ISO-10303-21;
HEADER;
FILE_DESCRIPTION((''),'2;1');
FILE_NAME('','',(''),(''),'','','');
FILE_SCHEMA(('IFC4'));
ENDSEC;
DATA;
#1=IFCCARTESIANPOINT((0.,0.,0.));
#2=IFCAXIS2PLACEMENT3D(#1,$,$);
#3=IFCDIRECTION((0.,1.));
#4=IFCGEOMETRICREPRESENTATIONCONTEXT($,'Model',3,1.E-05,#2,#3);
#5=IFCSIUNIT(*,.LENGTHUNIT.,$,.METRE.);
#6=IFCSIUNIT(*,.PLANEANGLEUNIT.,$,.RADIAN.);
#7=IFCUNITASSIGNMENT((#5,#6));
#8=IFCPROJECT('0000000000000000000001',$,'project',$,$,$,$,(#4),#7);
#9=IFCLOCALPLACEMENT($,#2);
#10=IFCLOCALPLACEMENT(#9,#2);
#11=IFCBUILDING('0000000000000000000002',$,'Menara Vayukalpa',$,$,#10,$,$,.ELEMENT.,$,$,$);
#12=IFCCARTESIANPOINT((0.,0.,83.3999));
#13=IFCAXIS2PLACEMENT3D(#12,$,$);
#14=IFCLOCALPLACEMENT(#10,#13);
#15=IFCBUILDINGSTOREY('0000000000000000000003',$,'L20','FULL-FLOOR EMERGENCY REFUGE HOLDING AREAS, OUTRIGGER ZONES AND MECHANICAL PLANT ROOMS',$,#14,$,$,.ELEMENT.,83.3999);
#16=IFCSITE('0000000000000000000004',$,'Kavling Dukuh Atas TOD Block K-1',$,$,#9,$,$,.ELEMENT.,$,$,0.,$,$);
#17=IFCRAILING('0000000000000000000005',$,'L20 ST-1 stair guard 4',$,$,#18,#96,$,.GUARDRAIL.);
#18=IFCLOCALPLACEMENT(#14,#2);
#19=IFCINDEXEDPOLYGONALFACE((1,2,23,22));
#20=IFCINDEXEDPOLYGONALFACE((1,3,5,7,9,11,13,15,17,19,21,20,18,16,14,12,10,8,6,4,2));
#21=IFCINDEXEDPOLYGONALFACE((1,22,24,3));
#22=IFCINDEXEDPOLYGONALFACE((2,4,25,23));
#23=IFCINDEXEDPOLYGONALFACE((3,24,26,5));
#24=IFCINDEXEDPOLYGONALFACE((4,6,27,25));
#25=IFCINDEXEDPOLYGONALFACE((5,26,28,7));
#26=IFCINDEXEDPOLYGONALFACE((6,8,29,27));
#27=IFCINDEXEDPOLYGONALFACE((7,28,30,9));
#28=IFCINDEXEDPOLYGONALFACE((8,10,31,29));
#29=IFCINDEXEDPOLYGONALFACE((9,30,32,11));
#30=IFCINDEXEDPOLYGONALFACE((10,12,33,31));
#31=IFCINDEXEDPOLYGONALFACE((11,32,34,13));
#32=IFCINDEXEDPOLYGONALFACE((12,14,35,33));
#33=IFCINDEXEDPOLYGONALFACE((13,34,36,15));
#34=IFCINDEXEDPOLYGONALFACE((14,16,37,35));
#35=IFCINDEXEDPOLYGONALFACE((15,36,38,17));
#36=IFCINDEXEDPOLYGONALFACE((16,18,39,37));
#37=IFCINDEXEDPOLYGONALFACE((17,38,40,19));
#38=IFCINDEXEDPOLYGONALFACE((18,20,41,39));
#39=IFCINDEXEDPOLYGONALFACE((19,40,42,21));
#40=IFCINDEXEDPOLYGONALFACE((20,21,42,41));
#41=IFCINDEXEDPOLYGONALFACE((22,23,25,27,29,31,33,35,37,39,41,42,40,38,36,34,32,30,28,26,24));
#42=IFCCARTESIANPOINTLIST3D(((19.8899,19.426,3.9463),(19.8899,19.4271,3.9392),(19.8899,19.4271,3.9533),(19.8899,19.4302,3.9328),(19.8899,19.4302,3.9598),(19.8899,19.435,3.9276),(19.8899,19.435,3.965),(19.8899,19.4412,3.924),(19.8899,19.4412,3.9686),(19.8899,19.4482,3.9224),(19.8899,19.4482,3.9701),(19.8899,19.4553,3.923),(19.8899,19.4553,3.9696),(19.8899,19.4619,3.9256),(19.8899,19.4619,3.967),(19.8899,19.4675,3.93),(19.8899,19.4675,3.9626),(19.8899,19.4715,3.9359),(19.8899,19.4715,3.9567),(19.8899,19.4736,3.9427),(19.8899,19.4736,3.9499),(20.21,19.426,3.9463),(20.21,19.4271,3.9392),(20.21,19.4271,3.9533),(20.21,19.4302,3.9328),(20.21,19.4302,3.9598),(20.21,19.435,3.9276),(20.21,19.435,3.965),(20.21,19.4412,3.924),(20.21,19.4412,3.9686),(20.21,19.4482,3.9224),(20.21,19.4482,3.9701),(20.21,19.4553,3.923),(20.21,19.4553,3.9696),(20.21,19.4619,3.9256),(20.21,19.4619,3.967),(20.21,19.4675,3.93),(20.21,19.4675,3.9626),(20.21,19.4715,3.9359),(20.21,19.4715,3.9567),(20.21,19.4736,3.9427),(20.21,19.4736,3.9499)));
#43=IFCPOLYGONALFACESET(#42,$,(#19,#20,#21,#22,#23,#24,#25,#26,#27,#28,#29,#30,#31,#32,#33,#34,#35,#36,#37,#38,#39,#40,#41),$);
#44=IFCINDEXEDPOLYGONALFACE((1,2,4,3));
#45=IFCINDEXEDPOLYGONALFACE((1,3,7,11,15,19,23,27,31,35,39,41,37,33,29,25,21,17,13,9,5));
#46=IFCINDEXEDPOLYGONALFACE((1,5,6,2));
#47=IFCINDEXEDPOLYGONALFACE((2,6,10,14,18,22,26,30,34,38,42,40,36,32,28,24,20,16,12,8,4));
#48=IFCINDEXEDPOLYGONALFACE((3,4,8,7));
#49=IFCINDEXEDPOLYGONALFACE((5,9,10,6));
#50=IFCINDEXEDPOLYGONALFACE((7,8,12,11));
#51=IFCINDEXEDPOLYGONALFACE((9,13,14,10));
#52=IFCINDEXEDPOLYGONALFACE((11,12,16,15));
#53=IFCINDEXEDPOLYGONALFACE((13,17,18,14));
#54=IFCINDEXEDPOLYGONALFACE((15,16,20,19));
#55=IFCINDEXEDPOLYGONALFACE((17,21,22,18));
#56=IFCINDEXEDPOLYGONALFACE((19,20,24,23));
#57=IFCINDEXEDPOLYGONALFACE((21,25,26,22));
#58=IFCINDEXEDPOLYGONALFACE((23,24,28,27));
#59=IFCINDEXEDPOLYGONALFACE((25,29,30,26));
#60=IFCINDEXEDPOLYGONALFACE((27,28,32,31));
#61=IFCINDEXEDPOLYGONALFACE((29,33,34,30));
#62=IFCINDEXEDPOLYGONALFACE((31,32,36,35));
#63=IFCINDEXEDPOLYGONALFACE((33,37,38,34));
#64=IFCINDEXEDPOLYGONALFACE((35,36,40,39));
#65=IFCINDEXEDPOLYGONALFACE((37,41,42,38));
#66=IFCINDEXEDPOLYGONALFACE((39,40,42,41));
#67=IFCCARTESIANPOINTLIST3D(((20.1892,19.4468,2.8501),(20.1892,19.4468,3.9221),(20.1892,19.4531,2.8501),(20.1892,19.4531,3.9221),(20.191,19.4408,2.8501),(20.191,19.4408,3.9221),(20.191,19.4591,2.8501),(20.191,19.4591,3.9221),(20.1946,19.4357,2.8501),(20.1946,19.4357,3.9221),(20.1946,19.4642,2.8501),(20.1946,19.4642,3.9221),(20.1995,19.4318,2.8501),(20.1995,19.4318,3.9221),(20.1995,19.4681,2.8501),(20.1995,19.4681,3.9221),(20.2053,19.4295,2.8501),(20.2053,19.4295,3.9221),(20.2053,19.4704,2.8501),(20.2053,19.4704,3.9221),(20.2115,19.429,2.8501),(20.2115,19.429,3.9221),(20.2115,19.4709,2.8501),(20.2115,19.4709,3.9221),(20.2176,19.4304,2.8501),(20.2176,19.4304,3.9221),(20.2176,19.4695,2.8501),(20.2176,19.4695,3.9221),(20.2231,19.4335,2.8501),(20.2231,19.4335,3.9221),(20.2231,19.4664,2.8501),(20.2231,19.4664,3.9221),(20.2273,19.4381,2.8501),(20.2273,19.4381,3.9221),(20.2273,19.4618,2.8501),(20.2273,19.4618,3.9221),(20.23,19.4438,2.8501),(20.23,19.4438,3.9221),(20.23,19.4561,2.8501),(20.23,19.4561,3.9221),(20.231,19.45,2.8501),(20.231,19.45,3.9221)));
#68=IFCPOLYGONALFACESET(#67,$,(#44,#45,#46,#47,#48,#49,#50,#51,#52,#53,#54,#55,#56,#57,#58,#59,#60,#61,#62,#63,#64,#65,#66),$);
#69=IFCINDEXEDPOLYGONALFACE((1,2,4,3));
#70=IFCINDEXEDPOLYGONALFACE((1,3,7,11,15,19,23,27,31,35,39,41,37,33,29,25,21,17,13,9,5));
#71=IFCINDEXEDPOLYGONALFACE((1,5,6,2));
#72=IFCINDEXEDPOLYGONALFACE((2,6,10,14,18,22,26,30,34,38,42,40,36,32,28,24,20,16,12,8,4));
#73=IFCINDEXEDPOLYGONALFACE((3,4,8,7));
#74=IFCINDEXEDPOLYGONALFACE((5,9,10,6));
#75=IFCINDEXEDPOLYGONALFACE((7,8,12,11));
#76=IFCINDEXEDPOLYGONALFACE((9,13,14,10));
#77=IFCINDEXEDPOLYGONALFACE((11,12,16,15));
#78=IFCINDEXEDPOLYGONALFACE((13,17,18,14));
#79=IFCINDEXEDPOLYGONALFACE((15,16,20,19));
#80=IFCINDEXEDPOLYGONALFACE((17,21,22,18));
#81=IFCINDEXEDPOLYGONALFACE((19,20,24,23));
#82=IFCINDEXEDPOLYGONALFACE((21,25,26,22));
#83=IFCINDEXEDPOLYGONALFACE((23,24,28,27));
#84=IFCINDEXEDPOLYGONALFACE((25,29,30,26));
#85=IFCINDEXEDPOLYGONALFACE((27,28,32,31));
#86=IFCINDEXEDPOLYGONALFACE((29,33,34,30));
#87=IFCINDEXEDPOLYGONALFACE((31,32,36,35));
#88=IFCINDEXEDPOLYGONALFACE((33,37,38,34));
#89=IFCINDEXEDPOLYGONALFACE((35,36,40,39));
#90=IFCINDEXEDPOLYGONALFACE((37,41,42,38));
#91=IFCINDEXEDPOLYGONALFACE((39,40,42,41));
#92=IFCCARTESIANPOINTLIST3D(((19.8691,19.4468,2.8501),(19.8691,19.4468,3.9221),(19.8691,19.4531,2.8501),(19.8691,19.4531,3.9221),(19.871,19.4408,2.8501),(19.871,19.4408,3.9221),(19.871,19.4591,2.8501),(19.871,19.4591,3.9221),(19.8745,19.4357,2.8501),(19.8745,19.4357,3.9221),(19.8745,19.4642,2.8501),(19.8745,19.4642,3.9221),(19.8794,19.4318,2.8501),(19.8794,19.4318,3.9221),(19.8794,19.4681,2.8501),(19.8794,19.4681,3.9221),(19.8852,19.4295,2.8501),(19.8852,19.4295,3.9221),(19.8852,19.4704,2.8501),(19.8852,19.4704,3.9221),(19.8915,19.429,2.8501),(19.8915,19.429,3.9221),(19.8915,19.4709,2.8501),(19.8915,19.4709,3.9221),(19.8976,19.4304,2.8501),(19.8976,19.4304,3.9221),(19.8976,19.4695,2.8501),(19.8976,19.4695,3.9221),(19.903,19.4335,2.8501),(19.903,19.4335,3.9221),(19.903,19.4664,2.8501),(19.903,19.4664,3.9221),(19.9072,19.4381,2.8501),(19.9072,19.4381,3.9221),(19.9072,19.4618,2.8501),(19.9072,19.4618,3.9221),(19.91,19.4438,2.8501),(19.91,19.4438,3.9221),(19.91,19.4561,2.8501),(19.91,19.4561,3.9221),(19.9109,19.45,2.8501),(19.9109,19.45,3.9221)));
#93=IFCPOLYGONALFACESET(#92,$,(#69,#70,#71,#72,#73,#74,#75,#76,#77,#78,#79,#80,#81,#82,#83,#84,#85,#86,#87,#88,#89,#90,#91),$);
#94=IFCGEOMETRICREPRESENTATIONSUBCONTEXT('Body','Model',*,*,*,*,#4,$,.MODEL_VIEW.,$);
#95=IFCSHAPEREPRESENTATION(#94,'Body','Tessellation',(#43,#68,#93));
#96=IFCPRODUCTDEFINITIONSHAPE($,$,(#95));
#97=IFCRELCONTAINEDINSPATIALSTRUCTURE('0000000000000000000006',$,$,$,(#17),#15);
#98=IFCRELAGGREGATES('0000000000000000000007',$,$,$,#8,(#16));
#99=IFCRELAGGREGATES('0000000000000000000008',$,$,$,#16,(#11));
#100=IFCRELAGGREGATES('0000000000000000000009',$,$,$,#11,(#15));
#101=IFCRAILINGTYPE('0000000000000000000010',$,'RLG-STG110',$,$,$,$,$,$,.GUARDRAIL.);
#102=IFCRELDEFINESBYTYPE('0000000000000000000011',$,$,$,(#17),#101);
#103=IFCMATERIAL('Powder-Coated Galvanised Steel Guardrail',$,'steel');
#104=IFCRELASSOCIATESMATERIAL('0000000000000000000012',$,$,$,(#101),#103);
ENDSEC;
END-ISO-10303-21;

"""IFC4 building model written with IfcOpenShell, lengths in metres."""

from ifc_helpers import new_model, si_unit, direction, frame, origin, origin_2d, place, context, subcontext, project, spatial, circle, extrude, material, type_object, element, save


model = new_model("IFC4")

# Units and contexts
model_context = context("Model", 3, precision=1e-05, world=origin(), true_north=direction((0.0, 1.0)))
body_context = subcontext(model_context, "Body", "Model", "MODEL_VIEW")
ifc_project = project(units=[si_unit("LENGTHUNIT", "METRE"), si_unit("PLANEANGLEUNIT", "RADIAN")], contexts=[model_context])

# Site, building, storey
site_placement = place(None, origin())
site = spatial("IfcSite", under=ifc_project, at=site_placement, Name="Kavling Dukuh Atas TOD Block K-1", CompositionType="ELEMENT", RefElevation=0.0)
building_placement = place(site_placement, origin())
building = spatial("IfcBuilding", under=site, at=building_placement, Name="Menara Vayukalpa", CompositionType="ELEMENT")
storey_placement = place(building_placement, frame((0.0, 0.0, 83.3999)))
storey = spatial("IfcBuildingStorey", under=building, at=storey_placement, Name="L20", Description="FULL-FLOOR EMERGENCY REFUGE HOLDING AREAS, OUTRIGGER ZONES AND MECHANICAL PLANT ROOMS", CompositionType="ELEMENT", Elevation=83.3999)

# Railing
ifc_material_1 = material(Name="Powder-Coated Galvanised Steel Guardrail", Category="steel")
railing_type_1 = type_object("IfcRailingType", Name="RLG-STG110", PredefinedType="GUARDRAIL", material=ifc_material_1)
railing_1_placement = place(storey_placement, frame((20.21, 19.45, 2.8501)))
element("IfcRailing", 1, at=railing_1_placement, inside=storey, type_object=railing_type_1, Name="L20 ST-1 stair guard 4", PredefinedType="GUARDRAIL", context=body_context, shape_type="SweptSolid", body=[
    extrude(circle(Radius=0.0239, at=origin_2d()), frame((0.0, 0.0, 1.0962), z_axis=(-1.0, 0.0, 0.0), x_axis=(0.0, -1.0, 0.0)), (0.0, 0.0, 1.0), 0.3201),
    extrude(circle(Radius=0.021, at=origin_2d()), origin(), (0.0, 0.0, 1.0), 1.072),
    extrude(circle(Radius=0.021, at=origin_2d()), frame((-0.3201, 0.0, 0.0)), (0.0, 0.0, 1.0), 1.072),
])

save(model, "model.ifc")
